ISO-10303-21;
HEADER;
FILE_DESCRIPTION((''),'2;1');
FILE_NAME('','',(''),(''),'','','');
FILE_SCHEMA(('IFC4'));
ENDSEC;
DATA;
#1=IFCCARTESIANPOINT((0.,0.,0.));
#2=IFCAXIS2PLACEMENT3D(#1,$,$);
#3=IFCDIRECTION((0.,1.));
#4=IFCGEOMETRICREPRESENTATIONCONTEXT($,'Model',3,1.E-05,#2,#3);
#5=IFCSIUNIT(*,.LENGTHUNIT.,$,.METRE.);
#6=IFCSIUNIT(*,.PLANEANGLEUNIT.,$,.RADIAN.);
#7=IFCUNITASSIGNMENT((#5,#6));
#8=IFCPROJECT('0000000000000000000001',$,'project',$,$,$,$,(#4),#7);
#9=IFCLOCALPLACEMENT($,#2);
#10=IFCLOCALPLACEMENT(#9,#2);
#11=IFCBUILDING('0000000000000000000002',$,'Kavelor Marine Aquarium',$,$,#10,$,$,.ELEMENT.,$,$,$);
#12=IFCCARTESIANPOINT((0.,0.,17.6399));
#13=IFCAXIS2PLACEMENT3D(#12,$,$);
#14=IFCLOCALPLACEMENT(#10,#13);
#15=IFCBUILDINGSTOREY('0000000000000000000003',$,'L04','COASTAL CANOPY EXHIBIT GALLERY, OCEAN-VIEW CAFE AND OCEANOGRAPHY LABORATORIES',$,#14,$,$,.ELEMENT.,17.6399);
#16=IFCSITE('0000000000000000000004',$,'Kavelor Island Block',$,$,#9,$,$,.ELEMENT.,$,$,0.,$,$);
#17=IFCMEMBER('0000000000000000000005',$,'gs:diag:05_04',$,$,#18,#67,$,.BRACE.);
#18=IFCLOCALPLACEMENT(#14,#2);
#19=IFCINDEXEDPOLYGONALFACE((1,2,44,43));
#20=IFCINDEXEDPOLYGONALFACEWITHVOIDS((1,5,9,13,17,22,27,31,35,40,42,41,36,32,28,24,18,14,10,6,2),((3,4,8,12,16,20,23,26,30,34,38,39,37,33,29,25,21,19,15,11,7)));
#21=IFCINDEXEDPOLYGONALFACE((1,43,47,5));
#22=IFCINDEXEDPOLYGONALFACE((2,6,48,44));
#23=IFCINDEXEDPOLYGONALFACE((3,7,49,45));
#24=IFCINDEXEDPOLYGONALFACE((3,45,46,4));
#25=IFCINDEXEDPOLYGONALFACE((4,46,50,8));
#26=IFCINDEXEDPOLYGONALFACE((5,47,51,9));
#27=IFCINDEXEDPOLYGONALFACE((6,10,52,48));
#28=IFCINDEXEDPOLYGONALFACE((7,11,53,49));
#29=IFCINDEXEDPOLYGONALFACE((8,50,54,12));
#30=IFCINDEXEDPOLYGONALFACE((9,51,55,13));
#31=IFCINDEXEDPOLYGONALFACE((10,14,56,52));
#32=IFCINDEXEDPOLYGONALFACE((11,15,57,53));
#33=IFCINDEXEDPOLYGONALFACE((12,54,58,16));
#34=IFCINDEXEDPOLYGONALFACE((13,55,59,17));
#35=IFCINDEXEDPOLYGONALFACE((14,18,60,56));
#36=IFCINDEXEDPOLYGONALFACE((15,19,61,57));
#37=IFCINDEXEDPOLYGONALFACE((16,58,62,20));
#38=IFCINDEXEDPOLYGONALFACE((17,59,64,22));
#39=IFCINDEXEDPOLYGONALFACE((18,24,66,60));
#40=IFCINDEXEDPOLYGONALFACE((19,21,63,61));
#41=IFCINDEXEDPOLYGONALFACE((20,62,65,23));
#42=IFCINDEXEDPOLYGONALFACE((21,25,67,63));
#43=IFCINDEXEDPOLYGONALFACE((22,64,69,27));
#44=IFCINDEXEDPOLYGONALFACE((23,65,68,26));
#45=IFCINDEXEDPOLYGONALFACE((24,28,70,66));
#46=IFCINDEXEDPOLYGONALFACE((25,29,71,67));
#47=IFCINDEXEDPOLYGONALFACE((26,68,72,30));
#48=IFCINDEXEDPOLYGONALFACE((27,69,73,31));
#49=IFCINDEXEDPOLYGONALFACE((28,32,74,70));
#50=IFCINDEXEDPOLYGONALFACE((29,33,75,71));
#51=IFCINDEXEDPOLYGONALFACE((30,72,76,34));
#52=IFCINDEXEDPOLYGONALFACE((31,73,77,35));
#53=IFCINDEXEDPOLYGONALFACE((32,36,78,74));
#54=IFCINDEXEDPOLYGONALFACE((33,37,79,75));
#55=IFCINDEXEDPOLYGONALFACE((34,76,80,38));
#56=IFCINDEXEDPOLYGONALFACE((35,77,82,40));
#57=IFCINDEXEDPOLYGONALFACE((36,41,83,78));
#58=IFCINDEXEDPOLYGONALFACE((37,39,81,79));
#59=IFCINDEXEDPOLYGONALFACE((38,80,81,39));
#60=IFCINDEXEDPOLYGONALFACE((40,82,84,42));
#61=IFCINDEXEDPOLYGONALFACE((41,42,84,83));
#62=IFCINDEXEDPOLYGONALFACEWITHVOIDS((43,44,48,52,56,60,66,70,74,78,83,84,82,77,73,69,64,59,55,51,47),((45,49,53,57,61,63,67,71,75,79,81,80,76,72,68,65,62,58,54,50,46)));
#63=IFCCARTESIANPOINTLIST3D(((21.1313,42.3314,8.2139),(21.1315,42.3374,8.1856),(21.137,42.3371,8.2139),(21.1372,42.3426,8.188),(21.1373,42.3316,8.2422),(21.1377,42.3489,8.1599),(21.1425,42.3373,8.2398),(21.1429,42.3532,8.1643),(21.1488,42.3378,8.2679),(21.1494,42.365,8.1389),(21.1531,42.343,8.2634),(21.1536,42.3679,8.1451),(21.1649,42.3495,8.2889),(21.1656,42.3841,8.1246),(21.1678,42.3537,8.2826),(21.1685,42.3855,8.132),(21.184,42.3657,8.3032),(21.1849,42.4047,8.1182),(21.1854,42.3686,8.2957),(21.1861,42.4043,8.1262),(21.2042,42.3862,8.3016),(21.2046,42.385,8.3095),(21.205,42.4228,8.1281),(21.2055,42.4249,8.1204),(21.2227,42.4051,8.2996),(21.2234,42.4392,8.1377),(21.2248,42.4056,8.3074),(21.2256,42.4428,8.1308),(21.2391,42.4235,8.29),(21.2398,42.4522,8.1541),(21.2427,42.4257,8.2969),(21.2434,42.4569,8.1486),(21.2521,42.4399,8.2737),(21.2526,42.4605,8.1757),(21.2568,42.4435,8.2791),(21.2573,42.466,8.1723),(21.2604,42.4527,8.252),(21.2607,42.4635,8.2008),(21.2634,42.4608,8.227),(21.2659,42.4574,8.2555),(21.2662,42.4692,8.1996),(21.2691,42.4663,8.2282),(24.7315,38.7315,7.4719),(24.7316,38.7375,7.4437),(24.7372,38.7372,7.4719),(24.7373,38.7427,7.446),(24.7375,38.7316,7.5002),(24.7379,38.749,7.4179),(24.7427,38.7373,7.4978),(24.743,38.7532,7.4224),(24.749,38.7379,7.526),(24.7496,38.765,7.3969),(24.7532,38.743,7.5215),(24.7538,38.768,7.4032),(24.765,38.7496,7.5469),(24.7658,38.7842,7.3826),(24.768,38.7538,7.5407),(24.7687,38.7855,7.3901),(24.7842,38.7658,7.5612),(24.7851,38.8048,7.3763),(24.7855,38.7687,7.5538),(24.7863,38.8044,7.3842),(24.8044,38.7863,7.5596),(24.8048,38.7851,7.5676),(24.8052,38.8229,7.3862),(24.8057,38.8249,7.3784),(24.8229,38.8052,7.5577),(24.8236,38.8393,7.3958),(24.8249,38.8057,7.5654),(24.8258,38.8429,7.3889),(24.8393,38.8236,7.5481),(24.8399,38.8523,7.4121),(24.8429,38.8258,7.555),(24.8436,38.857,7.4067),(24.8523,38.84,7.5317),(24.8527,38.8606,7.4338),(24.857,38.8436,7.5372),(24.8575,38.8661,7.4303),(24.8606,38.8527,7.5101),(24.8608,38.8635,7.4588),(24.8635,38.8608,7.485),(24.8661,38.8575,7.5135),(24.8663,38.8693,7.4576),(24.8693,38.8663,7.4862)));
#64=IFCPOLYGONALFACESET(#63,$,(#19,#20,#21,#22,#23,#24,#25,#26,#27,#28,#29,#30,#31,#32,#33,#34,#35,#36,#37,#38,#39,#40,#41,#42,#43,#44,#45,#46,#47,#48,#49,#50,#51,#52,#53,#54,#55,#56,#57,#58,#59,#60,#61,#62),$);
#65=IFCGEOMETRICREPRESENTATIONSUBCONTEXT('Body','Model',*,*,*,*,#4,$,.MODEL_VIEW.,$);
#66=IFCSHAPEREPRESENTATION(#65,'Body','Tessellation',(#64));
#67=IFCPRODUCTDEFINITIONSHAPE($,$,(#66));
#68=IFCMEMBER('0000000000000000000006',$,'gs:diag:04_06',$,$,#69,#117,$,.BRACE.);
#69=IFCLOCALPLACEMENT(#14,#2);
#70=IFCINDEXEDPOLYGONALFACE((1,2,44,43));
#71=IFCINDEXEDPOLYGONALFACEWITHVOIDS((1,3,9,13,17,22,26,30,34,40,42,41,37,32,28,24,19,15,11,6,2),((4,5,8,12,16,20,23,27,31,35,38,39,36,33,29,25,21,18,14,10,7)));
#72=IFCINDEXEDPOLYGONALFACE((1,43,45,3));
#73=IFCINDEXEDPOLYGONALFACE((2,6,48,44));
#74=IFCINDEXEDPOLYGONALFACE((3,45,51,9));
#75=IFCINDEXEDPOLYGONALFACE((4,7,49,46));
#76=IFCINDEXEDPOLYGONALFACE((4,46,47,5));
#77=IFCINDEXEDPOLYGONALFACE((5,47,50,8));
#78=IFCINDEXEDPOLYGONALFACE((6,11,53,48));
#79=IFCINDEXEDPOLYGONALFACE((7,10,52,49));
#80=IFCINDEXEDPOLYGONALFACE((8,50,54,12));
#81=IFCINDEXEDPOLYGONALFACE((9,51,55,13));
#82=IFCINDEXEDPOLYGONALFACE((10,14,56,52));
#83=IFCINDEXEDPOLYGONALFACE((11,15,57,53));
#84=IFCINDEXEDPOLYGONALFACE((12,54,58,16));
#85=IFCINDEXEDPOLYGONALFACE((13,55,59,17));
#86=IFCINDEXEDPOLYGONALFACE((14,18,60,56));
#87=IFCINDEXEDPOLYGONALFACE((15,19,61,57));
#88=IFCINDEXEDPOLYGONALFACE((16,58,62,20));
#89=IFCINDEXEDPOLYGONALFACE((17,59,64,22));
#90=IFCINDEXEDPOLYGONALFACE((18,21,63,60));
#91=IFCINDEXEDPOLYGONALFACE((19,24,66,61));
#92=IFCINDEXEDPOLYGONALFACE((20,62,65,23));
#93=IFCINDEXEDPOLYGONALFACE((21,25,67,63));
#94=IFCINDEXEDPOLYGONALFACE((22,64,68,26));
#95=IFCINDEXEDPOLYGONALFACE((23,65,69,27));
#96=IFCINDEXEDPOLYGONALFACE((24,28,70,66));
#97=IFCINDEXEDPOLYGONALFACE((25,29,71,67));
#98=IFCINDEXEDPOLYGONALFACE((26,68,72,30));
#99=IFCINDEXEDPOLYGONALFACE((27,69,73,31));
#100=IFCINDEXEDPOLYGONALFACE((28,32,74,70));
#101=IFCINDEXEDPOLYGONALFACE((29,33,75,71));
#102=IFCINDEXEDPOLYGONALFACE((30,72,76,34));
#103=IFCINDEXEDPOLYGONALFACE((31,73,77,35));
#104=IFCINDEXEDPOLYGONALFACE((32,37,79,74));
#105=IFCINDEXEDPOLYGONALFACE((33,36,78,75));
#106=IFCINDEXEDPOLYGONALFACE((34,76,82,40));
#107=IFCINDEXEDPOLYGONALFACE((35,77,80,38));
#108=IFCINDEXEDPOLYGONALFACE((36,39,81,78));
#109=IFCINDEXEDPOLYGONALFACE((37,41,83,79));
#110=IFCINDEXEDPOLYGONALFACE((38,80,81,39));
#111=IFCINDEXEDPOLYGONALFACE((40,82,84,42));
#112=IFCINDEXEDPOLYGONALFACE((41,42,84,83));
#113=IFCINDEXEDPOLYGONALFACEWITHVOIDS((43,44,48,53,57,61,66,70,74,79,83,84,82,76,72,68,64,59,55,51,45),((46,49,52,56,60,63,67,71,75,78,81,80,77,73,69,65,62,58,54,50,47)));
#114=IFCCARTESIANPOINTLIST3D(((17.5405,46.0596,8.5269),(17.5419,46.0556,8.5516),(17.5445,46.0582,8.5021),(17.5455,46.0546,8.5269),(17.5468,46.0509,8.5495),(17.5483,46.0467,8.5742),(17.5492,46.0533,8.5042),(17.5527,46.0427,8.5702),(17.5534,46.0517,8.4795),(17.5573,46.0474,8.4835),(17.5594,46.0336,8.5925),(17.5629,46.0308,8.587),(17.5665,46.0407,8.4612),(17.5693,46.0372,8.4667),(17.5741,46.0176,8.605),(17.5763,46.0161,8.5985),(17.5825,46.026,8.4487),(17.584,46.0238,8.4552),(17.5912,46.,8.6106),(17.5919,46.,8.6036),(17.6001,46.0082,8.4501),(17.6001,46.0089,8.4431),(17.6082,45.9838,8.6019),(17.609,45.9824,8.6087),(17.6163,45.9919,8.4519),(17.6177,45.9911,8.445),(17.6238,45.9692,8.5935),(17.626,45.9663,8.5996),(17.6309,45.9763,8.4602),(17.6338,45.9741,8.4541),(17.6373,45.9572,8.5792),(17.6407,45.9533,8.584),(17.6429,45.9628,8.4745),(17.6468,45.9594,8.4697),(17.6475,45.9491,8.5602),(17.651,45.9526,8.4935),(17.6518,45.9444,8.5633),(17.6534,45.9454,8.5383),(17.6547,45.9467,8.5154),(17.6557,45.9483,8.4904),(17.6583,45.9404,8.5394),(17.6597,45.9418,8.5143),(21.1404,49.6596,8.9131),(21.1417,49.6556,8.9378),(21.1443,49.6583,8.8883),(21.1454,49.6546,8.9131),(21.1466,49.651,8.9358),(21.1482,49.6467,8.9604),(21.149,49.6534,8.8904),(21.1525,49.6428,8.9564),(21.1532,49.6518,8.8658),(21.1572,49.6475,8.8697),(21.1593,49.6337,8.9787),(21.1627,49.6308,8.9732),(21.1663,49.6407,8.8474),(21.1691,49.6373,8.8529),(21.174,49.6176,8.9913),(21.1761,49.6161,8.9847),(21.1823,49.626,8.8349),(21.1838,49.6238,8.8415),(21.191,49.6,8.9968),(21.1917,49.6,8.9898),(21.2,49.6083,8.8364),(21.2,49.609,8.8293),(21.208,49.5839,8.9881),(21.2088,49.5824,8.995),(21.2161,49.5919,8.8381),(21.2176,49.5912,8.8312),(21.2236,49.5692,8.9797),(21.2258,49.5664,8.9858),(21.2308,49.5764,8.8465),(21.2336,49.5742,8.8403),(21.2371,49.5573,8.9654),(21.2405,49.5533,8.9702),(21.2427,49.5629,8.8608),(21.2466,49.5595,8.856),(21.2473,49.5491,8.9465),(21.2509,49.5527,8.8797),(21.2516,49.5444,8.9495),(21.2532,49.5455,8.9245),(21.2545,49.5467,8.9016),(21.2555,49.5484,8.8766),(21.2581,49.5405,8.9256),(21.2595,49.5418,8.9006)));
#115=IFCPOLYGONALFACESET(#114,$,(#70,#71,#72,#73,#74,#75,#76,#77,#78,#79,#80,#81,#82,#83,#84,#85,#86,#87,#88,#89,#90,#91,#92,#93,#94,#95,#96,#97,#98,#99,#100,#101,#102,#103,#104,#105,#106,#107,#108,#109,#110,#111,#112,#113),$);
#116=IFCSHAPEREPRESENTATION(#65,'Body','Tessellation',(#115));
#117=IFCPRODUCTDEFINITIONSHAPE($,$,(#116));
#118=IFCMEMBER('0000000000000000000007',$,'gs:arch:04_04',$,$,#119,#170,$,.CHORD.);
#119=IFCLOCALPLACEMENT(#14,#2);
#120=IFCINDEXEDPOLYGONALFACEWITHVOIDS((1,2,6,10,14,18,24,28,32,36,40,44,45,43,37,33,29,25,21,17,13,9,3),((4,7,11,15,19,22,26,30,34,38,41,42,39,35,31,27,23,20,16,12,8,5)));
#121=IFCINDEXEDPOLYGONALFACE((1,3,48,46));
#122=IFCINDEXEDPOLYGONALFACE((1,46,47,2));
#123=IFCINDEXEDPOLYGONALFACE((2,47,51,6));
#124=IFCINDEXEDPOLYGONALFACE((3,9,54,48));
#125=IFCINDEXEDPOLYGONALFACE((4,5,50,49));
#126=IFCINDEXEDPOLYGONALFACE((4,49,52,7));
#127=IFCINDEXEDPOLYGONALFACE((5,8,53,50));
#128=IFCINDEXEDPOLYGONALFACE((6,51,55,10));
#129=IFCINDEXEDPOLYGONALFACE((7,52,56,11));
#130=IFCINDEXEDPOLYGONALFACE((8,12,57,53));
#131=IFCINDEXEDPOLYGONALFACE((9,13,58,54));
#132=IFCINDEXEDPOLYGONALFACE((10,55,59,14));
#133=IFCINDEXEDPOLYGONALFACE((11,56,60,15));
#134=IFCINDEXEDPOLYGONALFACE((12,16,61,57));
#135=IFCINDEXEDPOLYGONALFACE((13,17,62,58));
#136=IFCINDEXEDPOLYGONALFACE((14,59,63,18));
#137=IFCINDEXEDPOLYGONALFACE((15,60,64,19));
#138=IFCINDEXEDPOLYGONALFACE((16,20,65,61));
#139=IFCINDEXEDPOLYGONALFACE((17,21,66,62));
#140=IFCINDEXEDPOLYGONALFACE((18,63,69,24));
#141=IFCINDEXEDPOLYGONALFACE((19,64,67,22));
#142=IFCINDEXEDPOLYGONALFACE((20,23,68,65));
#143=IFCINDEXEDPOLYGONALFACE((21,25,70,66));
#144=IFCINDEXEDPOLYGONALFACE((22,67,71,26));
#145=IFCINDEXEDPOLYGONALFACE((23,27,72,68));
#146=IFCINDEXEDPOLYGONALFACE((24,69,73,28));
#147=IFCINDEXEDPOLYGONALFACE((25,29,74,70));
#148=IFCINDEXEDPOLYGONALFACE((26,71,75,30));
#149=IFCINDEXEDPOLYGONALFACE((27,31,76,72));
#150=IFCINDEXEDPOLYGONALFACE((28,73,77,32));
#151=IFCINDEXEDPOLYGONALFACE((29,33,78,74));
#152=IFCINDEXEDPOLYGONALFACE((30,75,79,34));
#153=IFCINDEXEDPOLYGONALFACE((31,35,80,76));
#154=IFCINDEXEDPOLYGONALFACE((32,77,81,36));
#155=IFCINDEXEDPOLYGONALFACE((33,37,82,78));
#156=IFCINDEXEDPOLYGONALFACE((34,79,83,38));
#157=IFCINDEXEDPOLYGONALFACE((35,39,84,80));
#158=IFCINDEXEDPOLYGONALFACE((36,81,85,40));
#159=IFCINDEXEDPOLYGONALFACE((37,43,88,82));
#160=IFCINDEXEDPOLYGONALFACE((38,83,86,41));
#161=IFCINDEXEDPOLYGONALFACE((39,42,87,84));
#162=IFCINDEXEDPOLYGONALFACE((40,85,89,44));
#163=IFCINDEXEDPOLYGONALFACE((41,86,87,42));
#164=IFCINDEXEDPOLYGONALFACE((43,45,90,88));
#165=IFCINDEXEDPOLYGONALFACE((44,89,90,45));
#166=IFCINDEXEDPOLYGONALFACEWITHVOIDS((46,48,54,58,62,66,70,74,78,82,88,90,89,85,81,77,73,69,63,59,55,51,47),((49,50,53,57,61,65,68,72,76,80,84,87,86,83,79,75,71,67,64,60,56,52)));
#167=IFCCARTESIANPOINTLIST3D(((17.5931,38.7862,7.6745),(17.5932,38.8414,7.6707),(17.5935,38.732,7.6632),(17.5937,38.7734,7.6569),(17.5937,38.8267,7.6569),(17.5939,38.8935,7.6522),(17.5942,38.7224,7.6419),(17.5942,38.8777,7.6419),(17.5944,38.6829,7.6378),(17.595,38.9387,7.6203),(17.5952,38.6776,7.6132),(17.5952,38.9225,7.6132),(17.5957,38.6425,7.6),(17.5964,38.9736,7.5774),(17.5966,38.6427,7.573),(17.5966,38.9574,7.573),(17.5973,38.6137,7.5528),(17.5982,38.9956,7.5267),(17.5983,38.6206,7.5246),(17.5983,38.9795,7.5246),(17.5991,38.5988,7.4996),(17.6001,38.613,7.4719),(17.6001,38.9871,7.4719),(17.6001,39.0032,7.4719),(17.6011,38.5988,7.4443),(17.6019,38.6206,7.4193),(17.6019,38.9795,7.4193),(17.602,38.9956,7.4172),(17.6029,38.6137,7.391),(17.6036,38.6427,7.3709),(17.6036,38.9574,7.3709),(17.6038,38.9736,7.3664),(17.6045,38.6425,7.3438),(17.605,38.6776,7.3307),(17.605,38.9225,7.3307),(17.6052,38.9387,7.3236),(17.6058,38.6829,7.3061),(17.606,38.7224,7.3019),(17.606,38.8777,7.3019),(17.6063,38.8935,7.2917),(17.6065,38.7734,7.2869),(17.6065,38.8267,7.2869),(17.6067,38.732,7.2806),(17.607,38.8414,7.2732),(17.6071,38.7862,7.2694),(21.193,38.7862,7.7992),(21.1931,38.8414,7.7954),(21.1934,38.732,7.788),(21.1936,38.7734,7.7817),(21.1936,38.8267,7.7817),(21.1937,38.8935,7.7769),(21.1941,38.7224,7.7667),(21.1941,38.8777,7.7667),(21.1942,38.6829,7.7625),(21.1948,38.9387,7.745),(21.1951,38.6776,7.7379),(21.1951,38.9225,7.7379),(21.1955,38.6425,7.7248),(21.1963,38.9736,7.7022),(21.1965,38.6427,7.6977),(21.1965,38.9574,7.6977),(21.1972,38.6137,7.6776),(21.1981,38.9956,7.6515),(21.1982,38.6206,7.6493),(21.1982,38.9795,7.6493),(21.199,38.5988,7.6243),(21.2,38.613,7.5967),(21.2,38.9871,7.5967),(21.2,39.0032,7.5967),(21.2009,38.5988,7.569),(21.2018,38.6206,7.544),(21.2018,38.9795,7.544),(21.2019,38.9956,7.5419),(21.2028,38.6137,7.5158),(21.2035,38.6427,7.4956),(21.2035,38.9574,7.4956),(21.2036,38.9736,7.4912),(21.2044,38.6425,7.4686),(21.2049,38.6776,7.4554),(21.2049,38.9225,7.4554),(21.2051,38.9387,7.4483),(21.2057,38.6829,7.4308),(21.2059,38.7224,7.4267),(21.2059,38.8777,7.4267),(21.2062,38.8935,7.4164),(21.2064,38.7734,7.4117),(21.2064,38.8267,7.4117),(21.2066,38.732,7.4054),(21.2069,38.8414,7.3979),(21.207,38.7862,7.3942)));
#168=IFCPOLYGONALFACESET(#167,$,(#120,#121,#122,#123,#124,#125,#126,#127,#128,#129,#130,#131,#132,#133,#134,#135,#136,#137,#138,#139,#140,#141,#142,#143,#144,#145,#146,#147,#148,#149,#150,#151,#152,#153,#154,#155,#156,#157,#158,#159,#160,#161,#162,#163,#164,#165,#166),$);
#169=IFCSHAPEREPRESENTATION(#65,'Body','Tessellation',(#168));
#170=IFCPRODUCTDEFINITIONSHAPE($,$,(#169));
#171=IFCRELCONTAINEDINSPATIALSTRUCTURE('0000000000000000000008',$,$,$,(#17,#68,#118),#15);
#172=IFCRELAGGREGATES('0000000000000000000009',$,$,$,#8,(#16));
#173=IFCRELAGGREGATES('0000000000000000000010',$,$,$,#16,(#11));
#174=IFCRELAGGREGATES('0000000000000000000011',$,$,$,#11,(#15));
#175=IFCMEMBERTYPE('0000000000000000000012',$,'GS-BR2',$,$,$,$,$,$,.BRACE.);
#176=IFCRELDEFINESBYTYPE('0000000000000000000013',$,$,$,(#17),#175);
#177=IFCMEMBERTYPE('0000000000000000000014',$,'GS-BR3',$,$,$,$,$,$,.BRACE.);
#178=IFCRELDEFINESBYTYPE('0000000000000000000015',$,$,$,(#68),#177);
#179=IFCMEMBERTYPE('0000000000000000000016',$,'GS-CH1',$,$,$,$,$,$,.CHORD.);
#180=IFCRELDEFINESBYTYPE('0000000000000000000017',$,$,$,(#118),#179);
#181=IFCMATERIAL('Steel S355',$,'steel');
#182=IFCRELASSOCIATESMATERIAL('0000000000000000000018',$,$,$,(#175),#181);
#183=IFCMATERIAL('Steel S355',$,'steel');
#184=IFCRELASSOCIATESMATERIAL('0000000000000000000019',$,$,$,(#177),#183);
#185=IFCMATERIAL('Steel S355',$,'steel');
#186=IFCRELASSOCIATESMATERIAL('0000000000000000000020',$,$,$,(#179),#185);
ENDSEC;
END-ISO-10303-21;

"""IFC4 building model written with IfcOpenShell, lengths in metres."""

from ifc_helpers import new_model, si_unit, direction, frame, origin, origin_2d, place, context, subcontext, project, spatial, hollow_circle, extrude, material, material_profile, profile_set, type_object, element, save


model = new_model("IFC4")

# Units and contexts
model_context = context("Model", 3, precision=1e-05, world=origin(), true_north=direction((0.0, 1.0)))
body_context = subcontext(model_context, "Body", "Model", "MODEL_VIEW")
ifc_project = project(units=[si_unit("LENGTHUNIT", "METRE"), si_unit("PLANEANGLEUNIT", "RADIAN")], contexts=[model_context])

# Site, building, storey
site_placement = place(None, origin())
site = spatial("IfcSite", under=ifc_project, at=site_placement, Name="Kavelor Island Block", CompositionType="ELEMENT", RefElevation=0.0)
building_placement = place(site_placement, origin())
building = spatial("IfcBuilding", under=site, at=building_placement, Name="Kavelor Marine Aquarium", CompositionType="ELEMENT")
storey_placement = place(building_placement, frame((0.0, 0.0, 17.6399)))
storey = spatial("IfcBuildingStorey", under=building, at=storey_placement, Name="L04", Description="COASTAL CANOPY EXHIBIT GALLERY, OCEAN-VIEW CAFE AND OCEANOGRAPHY LABORATORIES", CompositionType="ELEMENT", Elevation=17.6399)

# Members
ifc_material_1 = material(Name="Steel S355", Category="steel")
ifc_material_profile_1 = material_profile(ifc_material_1, hollow_circle(Radius=0.0969, WallThickness=0.0081, at=origin_2d()), Name="CHS 193.7x8.0")
ifc_profile_set_1 = profile_set([ifc_material_profile_1], Name="Steel S355")
member_type_1 = type_object("IfcMemberType", Name="GS-BR2", PredefinedType="BRACE", material=ifc_profile_set_1)
member_1_placement = place(storey_placement, frame((24.8, 38.8, 7.4719), z_axis=(-0.699739, 0.699692, 0.144209), x_axis=(-0.707083, -0.707131, 0.0)))
element("IfcMember", 1, at=member_1_placement, inside=storey, type_object=member_type_1, Name="gs:diag:05_04", PredefinedType="BRACE", context=body_context, shape_type="SweptSolid", body=[
    extrude(hollow_circle(Radius=0.0969, WallThickness=0.0081, at=origin_2d()), origin(), (0.0, 0.0, 1.0), 5.145),
])
ifc_material_2 = material(Name="Steel S355", Category="steel")
ifc_material_profile_2 = material_profile(ifc_material_2, hollow_circle(Radius=0.0842, WallThickness=0.0071, at=origin_2d()), Name="CHS 168.3x7.1")
ifc_profile_set_2 = profile_set([ifc_material_profile_2], Name="Steel S355")
member_type_2 = type_object("IfcMemberType", Name="GS-BR3", PredefinedType="BRACE", material=ifc_profile_set_2)
member_2_placement = place(storey_placement, frame((17.6001, 46.0, 8.5269), z_axis=(0.705057, 0.705105, 0.075646), x_axis=(-0.707131, 0.707083, 0.0)))
element("IfcMember", 2, at=member_2_placement, inside=storey, type_object=member_type_2, Name="gs:diag:04_06", PredefinedType="BRACE", context=body_context, shape_type="SweptSolid", body=[
    extrude(hollow_circle(Radius=0.0842, WallThickness=0.0071, at=origin_2d()), origin(), (0.0, 0.0, 1.0), 5.1057),
])
ifc_material_3 = material(Name="Steel S355", Category="steel")
ifc_material_profile_3 = material_profile(ifc_material_3, hollow_circle(Radius=0.2031, WallThickness=0.0161, at=origin_2d()), Name="CHS 406.4x16.0")
ifc_profile_set_3 = profile_set([ifc_material_profile_3], Name="Steel S355")
member_type_3 = type_object("IfcMemberType", Name="GS-CH1", PredefinedType="CHORD", material=ifc_profile_set_3)
member_3_placement = place(storey_placement, frame((17.6001, 38.8, 7.4719), z_axis=(0.9994, 0.0, 0.034635), x_axis=(0.0, 1.0, 0.0)))
element("IfcMember", 3, at=member_3_placement, inside=storey, type_object=member_type_3, Name="gs:arch:04_04", PredefinedType="CHORD", context=body_context, shape_type="SweptSolid", body=[
    extrude(hollow_circle(Radius=0.2031, WallThickness=0.0161, at=origin_2d()), origin(), (0.0, 0.0, 1.0), 3.6021),
])

save(model, "model.ifc")
